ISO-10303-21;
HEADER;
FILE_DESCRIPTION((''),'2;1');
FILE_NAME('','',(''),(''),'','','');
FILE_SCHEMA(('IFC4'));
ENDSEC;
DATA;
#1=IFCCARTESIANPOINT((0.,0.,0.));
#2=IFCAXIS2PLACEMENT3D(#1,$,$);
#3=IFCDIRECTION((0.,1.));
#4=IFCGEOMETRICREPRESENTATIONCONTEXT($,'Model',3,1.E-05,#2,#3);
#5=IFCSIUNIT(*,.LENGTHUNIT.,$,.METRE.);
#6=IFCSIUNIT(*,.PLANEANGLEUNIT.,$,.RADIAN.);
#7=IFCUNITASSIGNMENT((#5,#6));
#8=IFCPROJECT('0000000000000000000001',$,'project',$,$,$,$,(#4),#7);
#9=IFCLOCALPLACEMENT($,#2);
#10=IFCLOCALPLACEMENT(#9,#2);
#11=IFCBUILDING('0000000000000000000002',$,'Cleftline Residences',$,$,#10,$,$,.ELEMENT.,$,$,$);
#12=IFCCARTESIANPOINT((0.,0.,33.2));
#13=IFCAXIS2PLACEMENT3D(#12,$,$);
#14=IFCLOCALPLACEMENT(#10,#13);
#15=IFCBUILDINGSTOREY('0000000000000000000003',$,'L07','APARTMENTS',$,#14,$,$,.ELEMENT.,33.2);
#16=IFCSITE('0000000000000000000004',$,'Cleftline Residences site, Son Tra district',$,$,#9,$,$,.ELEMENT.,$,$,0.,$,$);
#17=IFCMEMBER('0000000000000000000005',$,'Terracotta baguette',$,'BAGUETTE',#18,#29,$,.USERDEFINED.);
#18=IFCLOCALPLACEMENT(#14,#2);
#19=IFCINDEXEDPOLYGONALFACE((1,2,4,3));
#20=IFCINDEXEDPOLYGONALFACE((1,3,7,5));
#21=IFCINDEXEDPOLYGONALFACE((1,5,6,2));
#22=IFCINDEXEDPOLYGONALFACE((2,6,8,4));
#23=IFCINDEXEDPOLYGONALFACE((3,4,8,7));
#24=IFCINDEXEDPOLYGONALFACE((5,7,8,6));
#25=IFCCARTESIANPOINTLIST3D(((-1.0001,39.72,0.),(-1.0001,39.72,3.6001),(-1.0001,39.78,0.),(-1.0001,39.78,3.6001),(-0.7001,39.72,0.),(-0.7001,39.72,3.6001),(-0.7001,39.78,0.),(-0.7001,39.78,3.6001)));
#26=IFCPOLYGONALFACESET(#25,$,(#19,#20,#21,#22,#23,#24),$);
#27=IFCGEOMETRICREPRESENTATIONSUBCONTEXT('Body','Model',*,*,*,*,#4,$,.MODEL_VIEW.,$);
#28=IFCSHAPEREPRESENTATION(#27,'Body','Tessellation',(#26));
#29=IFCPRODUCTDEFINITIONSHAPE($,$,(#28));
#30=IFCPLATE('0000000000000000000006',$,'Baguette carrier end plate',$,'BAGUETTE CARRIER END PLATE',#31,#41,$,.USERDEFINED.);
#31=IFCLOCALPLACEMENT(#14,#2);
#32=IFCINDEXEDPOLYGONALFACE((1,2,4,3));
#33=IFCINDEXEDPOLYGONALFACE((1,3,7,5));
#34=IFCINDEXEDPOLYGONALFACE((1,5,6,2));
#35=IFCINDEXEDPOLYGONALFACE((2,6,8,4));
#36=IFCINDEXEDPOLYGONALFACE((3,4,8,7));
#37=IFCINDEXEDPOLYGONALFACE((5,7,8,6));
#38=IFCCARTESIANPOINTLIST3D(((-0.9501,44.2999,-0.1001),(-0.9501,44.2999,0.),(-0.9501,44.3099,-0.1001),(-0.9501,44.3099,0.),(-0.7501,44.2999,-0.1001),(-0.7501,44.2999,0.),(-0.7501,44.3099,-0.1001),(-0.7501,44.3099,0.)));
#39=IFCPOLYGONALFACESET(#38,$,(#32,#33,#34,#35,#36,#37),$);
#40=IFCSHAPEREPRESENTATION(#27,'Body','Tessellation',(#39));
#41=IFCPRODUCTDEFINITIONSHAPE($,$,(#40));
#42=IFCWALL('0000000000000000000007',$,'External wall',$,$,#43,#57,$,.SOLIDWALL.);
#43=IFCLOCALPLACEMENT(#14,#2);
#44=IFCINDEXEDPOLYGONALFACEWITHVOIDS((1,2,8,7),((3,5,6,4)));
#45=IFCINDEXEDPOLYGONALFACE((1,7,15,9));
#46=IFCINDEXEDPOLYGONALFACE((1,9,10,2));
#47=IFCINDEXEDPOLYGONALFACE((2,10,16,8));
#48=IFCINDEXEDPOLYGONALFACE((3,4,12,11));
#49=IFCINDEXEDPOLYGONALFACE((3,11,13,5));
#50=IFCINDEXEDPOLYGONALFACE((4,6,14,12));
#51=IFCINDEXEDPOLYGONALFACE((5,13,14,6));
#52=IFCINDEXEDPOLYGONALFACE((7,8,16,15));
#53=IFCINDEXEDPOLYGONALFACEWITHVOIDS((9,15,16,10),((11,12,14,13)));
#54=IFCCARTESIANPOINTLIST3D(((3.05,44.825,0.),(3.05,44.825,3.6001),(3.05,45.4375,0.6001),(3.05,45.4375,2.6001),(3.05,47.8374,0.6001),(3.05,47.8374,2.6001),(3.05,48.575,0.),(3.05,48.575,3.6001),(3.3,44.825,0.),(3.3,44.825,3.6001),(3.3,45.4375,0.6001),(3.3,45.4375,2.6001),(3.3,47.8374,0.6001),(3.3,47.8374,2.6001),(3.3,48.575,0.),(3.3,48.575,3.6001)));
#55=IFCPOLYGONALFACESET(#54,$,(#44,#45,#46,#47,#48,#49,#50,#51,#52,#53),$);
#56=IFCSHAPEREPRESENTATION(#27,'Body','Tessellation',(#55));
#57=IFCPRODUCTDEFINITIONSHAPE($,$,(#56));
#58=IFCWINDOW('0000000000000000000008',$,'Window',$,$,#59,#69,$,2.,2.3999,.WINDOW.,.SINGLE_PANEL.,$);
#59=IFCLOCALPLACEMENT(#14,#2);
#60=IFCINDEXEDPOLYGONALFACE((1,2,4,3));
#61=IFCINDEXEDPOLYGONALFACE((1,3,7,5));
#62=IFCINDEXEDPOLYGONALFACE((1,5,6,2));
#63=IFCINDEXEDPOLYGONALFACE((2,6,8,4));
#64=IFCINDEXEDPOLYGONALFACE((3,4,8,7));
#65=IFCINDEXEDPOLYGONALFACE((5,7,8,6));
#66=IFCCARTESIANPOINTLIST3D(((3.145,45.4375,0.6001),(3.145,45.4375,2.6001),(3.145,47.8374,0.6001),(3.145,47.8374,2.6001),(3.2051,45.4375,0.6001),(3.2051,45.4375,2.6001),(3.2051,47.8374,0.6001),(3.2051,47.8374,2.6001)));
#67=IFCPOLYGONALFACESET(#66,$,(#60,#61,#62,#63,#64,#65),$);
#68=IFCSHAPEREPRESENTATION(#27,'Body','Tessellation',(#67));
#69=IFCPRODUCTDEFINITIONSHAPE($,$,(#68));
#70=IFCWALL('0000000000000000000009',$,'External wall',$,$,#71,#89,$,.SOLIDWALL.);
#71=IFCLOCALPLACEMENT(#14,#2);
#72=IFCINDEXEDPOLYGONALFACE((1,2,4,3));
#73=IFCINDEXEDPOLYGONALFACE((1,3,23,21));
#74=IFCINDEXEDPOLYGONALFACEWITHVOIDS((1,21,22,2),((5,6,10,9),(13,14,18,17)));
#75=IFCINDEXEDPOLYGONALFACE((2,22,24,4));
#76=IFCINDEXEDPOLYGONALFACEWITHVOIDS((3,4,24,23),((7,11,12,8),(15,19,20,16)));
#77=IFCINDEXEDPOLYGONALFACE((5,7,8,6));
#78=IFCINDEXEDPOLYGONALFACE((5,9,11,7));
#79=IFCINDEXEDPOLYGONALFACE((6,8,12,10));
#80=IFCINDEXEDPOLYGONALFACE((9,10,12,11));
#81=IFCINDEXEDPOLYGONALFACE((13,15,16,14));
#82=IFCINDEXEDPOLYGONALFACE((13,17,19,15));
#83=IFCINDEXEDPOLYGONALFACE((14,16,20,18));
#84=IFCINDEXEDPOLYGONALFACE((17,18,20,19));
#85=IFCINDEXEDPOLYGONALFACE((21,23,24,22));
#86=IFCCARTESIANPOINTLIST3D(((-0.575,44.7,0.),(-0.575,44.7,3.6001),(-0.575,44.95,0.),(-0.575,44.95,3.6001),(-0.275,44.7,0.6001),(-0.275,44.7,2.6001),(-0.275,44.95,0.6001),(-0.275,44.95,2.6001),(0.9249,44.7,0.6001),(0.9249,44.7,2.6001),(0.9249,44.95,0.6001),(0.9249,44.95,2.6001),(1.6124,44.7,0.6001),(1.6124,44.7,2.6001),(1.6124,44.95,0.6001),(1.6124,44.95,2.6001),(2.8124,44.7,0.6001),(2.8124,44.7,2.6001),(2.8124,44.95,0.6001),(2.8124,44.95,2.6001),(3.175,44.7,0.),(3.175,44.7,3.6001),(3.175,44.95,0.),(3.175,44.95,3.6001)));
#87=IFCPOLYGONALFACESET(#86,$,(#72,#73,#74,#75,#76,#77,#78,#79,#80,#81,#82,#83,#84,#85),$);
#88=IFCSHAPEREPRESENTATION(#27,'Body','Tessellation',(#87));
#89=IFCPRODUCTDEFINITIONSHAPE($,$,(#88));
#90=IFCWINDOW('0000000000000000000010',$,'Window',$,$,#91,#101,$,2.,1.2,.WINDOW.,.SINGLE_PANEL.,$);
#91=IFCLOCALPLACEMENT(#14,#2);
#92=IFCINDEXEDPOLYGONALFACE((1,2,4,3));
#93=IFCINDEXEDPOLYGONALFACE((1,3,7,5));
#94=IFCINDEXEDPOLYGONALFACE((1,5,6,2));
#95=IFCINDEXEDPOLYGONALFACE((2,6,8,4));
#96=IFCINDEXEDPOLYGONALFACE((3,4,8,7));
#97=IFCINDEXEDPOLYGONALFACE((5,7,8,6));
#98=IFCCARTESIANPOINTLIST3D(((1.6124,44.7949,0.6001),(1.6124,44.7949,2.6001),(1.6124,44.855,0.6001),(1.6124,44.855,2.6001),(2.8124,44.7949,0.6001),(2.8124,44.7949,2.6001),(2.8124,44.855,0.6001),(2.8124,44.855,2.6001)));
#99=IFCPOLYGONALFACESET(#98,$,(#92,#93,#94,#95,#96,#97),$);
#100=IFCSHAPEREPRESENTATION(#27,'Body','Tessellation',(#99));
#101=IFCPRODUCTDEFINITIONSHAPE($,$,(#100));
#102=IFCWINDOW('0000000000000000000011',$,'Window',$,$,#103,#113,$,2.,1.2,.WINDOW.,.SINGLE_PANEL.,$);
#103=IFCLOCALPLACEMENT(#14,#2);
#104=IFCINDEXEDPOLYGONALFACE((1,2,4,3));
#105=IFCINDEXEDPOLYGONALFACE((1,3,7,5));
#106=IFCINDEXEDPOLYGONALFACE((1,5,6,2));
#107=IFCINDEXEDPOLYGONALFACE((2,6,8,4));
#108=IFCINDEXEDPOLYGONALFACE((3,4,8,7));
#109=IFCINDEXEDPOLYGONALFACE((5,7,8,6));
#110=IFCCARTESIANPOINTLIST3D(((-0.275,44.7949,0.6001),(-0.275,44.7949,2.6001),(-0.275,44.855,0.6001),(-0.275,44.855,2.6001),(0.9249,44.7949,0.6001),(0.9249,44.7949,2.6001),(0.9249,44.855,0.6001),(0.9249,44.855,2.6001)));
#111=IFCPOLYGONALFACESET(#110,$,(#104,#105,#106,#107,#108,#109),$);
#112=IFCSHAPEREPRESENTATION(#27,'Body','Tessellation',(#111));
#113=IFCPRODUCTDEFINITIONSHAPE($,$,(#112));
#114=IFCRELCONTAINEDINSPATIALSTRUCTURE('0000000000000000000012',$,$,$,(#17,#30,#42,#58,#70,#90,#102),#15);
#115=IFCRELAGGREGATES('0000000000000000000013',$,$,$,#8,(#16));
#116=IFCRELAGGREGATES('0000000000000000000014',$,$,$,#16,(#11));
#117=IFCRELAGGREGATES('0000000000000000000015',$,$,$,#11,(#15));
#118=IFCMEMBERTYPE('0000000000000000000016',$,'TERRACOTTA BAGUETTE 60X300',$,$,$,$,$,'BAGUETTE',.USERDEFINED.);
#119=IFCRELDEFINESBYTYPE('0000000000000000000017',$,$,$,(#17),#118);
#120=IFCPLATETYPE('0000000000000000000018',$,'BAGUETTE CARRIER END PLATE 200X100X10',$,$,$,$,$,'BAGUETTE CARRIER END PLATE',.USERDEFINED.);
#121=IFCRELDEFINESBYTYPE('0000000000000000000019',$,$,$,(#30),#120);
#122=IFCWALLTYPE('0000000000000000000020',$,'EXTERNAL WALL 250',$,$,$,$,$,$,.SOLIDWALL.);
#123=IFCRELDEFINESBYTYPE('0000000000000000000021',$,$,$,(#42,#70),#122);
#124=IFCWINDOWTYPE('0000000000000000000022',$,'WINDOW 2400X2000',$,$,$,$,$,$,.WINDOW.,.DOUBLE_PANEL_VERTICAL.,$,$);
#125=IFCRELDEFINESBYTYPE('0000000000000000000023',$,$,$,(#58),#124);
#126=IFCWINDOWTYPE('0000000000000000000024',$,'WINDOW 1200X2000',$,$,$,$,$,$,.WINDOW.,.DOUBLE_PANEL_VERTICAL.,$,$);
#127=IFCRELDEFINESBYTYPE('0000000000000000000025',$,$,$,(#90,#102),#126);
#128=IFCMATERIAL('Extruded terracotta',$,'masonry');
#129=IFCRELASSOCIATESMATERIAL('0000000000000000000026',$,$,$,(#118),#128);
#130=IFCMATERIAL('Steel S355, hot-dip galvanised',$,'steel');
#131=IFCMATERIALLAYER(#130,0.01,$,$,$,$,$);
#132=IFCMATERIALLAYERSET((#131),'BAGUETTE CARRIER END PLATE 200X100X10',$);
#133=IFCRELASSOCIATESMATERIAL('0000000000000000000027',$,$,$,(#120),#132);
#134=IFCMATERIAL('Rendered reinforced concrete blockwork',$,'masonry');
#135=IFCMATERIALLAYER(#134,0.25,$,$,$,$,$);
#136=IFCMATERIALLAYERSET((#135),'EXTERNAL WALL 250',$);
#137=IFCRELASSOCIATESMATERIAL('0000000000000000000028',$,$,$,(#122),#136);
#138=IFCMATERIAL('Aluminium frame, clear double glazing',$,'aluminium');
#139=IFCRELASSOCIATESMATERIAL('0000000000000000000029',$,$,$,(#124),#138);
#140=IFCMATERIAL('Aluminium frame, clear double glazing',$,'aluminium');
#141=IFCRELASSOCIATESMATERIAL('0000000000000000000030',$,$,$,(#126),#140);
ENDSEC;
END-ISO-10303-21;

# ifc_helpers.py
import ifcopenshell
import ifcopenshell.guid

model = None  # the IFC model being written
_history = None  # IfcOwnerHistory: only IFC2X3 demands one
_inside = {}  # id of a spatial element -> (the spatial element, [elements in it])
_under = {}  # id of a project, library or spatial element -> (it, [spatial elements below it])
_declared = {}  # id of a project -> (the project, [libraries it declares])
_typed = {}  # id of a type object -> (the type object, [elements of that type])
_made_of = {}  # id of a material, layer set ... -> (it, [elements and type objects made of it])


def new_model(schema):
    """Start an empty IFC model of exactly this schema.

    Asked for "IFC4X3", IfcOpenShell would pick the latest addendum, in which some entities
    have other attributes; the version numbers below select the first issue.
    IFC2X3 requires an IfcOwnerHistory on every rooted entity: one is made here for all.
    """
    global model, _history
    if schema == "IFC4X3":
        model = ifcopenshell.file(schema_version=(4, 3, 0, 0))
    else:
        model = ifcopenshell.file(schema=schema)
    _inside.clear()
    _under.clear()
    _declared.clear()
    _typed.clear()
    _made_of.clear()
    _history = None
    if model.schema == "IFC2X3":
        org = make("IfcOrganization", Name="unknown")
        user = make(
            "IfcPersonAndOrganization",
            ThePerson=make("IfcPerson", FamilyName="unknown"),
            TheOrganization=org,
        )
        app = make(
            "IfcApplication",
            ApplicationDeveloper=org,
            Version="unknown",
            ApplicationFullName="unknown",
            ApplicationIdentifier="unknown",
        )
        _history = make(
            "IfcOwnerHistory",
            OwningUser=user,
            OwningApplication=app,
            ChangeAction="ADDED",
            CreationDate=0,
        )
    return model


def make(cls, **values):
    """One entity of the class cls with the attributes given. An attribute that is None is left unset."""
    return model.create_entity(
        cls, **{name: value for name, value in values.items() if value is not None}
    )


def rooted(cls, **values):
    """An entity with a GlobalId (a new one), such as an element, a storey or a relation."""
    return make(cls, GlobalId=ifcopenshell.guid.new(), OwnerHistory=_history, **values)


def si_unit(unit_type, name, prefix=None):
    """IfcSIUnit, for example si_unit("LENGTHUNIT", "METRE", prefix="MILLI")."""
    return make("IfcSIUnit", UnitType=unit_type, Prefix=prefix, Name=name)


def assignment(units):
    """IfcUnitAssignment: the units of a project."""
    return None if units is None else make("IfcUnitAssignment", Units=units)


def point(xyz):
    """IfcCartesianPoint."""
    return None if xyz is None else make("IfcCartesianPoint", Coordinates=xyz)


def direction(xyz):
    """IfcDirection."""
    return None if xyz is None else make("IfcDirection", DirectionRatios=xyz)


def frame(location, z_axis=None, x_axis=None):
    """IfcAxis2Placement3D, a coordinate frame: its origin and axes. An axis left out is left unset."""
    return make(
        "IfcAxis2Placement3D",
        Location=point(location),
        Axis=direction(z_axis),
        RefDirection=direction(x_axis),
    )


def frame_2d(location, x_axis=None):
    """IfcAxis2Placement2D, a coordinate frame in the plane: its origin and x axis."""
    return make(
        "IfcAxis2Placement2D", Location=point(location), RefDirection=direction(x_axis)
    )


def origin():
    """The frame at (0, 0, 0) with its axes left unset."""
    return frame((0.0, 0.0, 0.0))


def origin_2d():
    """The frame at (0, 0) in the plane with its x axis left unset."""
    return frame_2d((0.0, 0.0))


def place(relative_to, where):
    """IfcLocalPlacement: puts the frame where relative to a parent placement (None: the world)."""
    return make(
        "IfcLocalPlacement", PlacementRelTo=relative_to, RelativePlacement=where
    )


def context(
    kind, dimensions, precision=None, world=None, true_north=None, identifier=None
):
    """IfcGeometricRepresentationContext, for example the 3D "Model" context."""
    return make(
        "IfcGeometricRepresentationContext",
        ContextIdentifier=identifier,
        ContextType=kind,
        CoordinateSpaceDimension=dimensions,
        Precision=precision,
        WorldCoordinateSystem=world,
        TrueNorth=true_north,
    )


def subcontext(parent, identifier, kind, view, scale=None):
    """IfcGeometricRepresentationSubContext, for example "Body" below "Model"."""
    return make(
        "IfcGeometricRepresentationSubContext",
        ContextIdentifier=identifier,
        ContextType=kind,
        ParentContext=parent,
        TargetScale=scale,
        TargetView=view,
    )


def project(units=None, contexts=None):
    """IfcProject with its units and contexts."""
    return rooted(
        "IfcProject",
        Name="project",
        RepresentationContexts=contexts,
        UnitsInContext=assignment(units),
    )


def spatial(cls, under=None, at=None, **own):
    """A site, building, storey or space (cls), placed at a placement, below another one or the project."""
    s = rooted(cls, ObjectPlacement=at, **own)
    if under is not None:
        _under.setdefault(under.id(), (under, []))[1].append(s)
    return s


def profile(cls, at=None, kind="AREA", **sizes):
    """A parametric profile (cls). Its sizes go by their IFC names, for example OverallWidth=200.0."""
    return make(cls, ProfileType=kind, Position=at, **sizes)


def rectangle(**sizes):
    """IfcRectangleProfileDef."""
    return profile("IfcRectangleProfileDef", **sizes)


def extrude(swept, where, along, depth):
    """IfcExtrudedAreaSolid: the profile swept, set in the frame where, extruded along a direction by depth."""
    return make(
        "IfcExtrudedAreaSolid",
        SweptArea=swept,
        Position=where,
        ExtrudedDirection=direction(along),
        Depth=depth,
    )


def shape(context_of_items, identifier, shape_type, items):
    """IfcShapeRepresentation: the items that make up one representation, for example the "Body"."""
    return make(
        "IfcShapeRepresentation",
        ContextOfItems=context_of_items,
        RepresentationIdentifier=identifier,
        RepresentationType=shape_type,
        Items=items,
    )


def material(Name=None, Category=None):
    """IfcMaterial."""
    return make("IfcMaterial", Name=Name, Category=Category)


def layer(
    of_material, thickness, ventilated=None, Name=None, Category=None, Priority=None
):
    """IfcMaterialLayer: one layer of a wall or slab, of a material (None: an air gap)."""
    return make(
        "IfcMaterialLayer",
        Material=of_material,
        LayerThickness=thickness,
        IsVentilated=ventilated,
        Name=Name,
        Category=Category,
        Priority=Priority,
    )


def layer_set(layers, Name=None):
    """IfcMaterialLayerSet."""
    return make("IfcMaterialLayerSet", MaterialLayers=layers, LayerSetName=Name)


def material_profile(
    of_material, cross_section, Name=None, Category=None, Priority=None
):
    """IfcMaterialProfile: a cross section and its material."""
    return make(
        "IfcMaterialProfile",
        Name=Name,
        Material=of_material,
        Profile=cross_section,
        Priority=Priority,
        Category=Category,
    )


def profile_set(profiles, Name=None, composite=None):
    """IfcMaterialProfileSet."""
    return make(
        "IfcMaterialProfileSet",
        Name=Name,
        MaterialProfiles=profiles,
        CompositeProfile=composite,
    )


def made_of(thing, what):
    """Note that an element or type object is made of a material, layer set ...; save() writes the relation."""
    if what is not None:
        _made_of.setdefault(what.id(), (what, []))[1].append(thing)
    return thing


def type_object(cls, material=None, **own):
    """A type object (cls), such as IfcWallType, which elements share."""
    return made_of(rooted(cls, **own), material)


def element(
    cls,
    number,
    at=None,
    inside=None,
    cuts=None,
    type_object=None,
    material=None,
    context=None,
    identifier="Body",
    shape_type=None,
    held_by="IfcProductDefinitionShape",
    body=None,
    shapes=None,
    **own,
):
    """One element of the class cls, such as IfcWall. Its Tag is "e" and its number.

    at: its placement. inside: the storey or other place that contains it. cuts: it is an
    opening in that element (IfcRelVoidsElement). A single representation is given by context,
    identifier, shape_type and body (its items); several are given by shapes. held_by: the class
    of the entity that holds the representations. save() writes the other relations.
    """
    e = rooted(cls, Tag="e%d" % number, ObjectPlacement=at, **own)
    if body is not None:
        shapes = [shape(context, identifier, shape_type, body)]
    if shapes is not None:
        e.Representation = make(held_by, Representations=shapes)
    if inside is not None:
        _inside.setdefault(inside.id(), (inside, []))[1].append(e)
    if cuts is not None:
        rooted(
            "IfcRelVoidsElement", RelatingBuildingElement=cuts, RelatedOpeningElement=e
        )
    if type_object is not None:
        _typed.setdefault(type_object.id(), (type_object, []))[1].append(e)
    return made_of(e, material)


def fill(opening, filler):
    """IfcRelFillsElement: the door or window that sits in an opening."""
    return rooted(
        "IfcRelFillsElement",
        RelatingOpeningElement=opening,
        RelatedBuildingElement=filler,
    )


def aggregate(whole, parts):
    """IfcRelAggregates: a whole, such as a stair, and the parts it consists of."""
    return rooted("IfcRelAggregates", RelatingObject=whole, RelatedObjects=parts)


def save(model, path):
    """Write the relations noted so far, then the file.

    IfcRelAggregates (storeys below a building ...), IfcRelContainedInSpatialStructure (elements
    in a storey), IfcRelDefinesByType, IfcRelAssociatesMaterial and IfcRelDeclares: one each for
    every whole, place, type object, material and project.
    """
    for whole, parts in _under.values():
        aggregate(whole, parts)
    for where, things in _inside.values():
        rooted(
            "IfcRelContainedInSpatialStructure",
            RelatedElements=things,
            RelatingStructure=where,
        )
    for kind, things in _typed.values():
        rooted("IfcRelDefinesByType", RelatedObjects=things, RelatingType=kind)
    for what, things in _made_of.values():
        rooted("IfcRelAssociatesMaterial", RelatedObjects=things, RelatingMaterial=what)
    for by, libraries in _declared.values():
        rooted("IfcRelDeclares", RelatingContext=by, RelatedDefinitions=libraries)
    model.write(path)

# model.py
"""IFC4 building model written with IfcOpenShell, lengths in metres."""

from ifc_helpers import new_model, si_unit, direction, frame, frame_2d, origin, origin_2d, place, context, subcontext, project, spatial, rectangle, extrude, material, layer, layer_set, material_profile, profile_set, type_object, element, fill, save


model = new_model("IFC4")

# Units and contexts
model_context = context("Model", 3, precision=1e-05, world=origin(), true_north=direction((0.0, 1.0)))
body_context = subcontext(model_context, "Body", "Model", "MODEL_VIEW")
ifc_project = project(units=[si_unit("LENGTHUNIT", "METRE"), si_unit("PLANEANGLEUNIT", "RADIAN")], contexts=[model_context])

# Site, building, storey
site_placement = place(None, origin())
site = spatial("IfcSite", under=ifc_project, at=site_placement, Name="Cleftline Residences site, Son Tra district", CompositionType="ELEMENT", RefElevation=0.0)
building_placement = place(site_placement, origin())
building = spatial("IfcBuilding", under=site, at=building_placement, Name="Cleftline Residences", CompositionType="ELEMENT")
storey_placement = place(building_placement, frame((0.0, 0.0, 33.2)))
storey = spatial("IfcBuildingStorey", under=building, at=storey_placement, Name="L07", Description="APARTMENTS", CompositionType="ELEMENT", Elevation=33.2)

# Member
ifc_material_1 = material(Name="Extruded terracotta", Category="masonry")
ifc_material_profile_1 = material_profile(ifc_material_1, rectangle(XDim=0.0601, YDim=0.3, at=origin_2d()))
ifc_profile_set_1 = profile_set([ifc_material_profile_1], Name="Extruded terracotta")
member_type_1 = type_object("IfcMemberType", Name="TERRACOTTA BAGUETTE 60X300", ElementType="BAGUETTE", PredefinedType="USERDEFINED", material=ifc_profile_set_1)
for number, where, z_axis, x_axis, name in (
    (1, (-0.8501, 39.75, 0.0), (0.0, 0.0, 1.0), (0.0, 1.0, 0.0), "Terracotta baguette"),
):
    element("IfcMember", number, at=place(storey_placement, frame(where, z_axis=z_axis, x_axis=x_axis)), inside=storey, type_object=member_type_1, Name=name, ObjectType="BAGUETTE", PredefinedType="USERDEFINED", context=body_context, shape_type="SweptSolid", body=[
        extrude(rectangle(XDim=0.0601, YDim=0.3, at=origin_2d()), origin(), (0.0, 0.0, 1.0), 3.6001),
    ])

# Plate
ifc_material_2 = material(Name="Steel S355, hot-dip galvanised", Category="steel")
ifc_layer_1 = layer(ifc_material_2, 0.01)
ifc_layer_set_1 = layer_set([ifc_layer_1], Name="BAGUETTE CARRIER END PLATE 200X100X10")
plate_type = type_object("IfcPlateType", Name="BAGUETTE CARRIER END PLATE 200X100X10", ElementType="BAGUETTE CARRIER END PLATE", PredefinedType="USERDEFINED", material=ifc_layer_set_1)
plate_placement = place(storey_placement, frame((-0.8501, 44.3049, -0.1001), z_axis=(0.0, 0.0, 1.0), x_axis=(-1.0, 0.0, 0.0)))
element("IfcPlate", 2, at=plate_placement, inside=storey, type_object=plate_type, Name="Baguette carrier end plate", ObjectType="BAGUETTE CARRIER END PLATE", PredefinedType="USERDEFINED", context=body_context, shape_type="SweptSolid", body=[
    extrude(rectangle(XDim=0.2, YDim=0.01, at=origin_2d()), origin(), (0.0, 0.0, 1.0), 0.1001),
])

# Wall, opening, window
ifc_material_3 = material(Name="Rendered reinforced concrete blockwork", Category="masonry")
ifc_layer_2 = layer(ifc_material_3, 0.25)
ifc_layer_set_2 = layer_set([ifc_layer_2], Name="EXTERNAL WALL 250")
wall_type_1 = type_object("IfcWallType", Name="EXTERNAL WALL 250", PredefinedType="SOLIDWALL", material=ifc_layer_set_2)
wall_1_placement = place(storey_placement, frame((3.175, 48.575, 0.0), z_axis=(0.0, 0.0, 1.0), x_axis=(0.0, -1.0, 0.0)))
wall_1 = element("IfcWall", 3, at=wall_1_placement, inside=storey, type_object=wall_type_1, Name="External wall", PredefinedType="SOLIDWALL", context=body_context, shape_type="SweptSolid", body=[
    extrude(rectangle(XDim=3.75, YDim=0.25, at=frame_2d((1.875, 0.0))), origin(), (0.0, 0.0, 1.0), 3.6001),
])
opening_1_placement = place(wall_1_placement, frame((0.7375, 0.0, 0.6001)))
opening_1 = element("IfcOpeningElement", 4, at=opening_1_placement, cuts=wall_1, PredefinedType="OPENING", context=body_context, shape_type="SweptSolid", body=[
    extrude(rectangle(XDim=2.3999, YDim=2.0, at=frame_2d((1.2, 1.0))), frame((0.0, 0.135, 0.0), z_axis=(0.0, -1.0, 0.0), x_axis=(1.0, 0.0, 0.0)), (0.0, 0.0, 1.0), 0.27),
])
ifc_material_4 = material(Name="Aluminium frame, clear double glazing", Category="aluminium")
window_type_1 = type_object("IfcWindowType", Name="WINDOW 2400X2000", PartitioningType="DOUBLE_PANEL_VERTICAL", PredefinedType="WINDOW", material=ifc_material_4)
window_1_placement = place(opening_1_placement, origin())
window_1 = element("IfcWindow", 5, at=window_1_placement, inside=storey, type_object=window_type_1, Name="Window", OverallHeight=2.0, OverallWidth=2.3999, PartitioningType="SINGLE_PANEL", PredefinedType="WINDOW", context=body_context, shape_type="SweptSolid", body=[
    extrude(rectangle(XDim=2.3999, YDim=2.0, at=frame_2d((1.2, 1.0))), frame((0.0, 0.03, 0.0), z_axis=(0.0, -1.0, 0.0), x_axis=(1.0, 0.0, 0.0)), (0.0, 0.0, 1.0), 0.0601),
])
fill(opening_1, window_1)

# Wall, openings, windows
wall_2_placement = place(storey_placement, frame((3.175, 44.825, 0.0), z_axis=(0.0, 0.0, 1.0), x_axis=(-1.0, 0.0, 0.0)))
wall_2 = element("IfcWall", 6, at=wall_2_placement, inside=storey, type_object=wall_type_1, Name="External wall", PredefinedType="SOLIDWALL", context=body_context, shape_type="SweptSolid", body=[
    extrude(rectangle(XDim=3.75, YDim=0.25, at=frame_2d((1.875, 0.0))), origin(), (0.0, 0.0, 1.0), 3.6001),
])
opening_2_placement = place(wall_2_placement, frame((0.3625, 0.0, 0.6001)))
opening_2 = element("IfcOpeningElement", 7, at=opening_2_placement, cuts=wall_2, PredefinedType="OPENING", context=body_context, shape_type="SweptSolid", body=[
    extrude(rectangle(XDim=1.2, YDim=2.0, at=frame_2d((0.6001, 1.0))), frame((0.0, 0.135, 0.0), z_axis=(0.0, -1.0, 0.0), x_axis=(1.0, 0.0, 0.0)), (0.0, 0.0, 1.0), 0.27),
])
opening_3_placement = place(wall_2_placement, frame((2.25, 0.0, 0.6001)))
opening_3 = element("IfcOpeningElement", 8, at=opening_3_placement, cuts=wall_2, PredefinedType="OPENING", context=body_context, shape_type="SweptSolid", body=[
    extrude(rectangle(XDim=1.2, YDim=2.0, at=frame_2d((0.6001, 1.0))), frame((0.0, 0.135, 0.0), z_axis=(0.0, -1.0, 0.0), x_axis=(1.0, 0.0, 0.0)), (0.0, 0.0, 1.0), 0.27),
])
ifc_material_5 = material(Name="Aluminium frame, clear double glazing", Category="aluminium")
window_type_2 = type_object("IfcWindowType", Name="WINDOW 1200X2000", PartitioningType="DOUBLE_PANEL_VERTICAL", PredefinedType="WINDOW", material=ifc_material_5)
window_2_placement = place(opening_2_placement, origin())
window_2 = element("IfcWindow", 9, at=window_2_placement, inside=storey, type_object=window_type_2, Name="Window", OverallHeight=2.0, OverallWidth=1.2, PartitioningType="SINGLE_PANEL", PredefinedType="WINDOW", context=body_context, shape_type="SweptSolid", body=[
    extrude(rectangle(XDim=1.2, YDim=2.0, at=frame_2d((0.6001, 1.0))), frame((0.0, 0.03, 0.0), z_axis=(0.0, -1.0, 0.0), x_axis=(1.0, 0.0, 0.0)), (0.0, 0.0, 1.0), 0.0601),
])
fill(opening_2, window_2)
window_3_placement = place(opening_3_placement, origin())
window_3 = element("IfcWindow", 10, at=window_3_placement, inside=storey, type_object=window_type_2, Name="Window", OverallHeight=2.0, OverallWidth=1.2, PartitioningType="SINGLE_PANEL", PredefinedType="WINDOW", context=body_context, shape_type="SweptSolid", body=[
    extrude(rectangle(XDim=1.2, YDim=2.0, at=frame_2d((0.6001, 1.0))), frame((0.0, 0.03, 0.0), z_axis=(0.0, -1.0, 0.0), x_axis=(1.0, 0.0, 0.0)), (0.0, 0.0, 1.0), 0.0601),
])
fill(opening_3, window_3)

save(model, "model.ifc")
